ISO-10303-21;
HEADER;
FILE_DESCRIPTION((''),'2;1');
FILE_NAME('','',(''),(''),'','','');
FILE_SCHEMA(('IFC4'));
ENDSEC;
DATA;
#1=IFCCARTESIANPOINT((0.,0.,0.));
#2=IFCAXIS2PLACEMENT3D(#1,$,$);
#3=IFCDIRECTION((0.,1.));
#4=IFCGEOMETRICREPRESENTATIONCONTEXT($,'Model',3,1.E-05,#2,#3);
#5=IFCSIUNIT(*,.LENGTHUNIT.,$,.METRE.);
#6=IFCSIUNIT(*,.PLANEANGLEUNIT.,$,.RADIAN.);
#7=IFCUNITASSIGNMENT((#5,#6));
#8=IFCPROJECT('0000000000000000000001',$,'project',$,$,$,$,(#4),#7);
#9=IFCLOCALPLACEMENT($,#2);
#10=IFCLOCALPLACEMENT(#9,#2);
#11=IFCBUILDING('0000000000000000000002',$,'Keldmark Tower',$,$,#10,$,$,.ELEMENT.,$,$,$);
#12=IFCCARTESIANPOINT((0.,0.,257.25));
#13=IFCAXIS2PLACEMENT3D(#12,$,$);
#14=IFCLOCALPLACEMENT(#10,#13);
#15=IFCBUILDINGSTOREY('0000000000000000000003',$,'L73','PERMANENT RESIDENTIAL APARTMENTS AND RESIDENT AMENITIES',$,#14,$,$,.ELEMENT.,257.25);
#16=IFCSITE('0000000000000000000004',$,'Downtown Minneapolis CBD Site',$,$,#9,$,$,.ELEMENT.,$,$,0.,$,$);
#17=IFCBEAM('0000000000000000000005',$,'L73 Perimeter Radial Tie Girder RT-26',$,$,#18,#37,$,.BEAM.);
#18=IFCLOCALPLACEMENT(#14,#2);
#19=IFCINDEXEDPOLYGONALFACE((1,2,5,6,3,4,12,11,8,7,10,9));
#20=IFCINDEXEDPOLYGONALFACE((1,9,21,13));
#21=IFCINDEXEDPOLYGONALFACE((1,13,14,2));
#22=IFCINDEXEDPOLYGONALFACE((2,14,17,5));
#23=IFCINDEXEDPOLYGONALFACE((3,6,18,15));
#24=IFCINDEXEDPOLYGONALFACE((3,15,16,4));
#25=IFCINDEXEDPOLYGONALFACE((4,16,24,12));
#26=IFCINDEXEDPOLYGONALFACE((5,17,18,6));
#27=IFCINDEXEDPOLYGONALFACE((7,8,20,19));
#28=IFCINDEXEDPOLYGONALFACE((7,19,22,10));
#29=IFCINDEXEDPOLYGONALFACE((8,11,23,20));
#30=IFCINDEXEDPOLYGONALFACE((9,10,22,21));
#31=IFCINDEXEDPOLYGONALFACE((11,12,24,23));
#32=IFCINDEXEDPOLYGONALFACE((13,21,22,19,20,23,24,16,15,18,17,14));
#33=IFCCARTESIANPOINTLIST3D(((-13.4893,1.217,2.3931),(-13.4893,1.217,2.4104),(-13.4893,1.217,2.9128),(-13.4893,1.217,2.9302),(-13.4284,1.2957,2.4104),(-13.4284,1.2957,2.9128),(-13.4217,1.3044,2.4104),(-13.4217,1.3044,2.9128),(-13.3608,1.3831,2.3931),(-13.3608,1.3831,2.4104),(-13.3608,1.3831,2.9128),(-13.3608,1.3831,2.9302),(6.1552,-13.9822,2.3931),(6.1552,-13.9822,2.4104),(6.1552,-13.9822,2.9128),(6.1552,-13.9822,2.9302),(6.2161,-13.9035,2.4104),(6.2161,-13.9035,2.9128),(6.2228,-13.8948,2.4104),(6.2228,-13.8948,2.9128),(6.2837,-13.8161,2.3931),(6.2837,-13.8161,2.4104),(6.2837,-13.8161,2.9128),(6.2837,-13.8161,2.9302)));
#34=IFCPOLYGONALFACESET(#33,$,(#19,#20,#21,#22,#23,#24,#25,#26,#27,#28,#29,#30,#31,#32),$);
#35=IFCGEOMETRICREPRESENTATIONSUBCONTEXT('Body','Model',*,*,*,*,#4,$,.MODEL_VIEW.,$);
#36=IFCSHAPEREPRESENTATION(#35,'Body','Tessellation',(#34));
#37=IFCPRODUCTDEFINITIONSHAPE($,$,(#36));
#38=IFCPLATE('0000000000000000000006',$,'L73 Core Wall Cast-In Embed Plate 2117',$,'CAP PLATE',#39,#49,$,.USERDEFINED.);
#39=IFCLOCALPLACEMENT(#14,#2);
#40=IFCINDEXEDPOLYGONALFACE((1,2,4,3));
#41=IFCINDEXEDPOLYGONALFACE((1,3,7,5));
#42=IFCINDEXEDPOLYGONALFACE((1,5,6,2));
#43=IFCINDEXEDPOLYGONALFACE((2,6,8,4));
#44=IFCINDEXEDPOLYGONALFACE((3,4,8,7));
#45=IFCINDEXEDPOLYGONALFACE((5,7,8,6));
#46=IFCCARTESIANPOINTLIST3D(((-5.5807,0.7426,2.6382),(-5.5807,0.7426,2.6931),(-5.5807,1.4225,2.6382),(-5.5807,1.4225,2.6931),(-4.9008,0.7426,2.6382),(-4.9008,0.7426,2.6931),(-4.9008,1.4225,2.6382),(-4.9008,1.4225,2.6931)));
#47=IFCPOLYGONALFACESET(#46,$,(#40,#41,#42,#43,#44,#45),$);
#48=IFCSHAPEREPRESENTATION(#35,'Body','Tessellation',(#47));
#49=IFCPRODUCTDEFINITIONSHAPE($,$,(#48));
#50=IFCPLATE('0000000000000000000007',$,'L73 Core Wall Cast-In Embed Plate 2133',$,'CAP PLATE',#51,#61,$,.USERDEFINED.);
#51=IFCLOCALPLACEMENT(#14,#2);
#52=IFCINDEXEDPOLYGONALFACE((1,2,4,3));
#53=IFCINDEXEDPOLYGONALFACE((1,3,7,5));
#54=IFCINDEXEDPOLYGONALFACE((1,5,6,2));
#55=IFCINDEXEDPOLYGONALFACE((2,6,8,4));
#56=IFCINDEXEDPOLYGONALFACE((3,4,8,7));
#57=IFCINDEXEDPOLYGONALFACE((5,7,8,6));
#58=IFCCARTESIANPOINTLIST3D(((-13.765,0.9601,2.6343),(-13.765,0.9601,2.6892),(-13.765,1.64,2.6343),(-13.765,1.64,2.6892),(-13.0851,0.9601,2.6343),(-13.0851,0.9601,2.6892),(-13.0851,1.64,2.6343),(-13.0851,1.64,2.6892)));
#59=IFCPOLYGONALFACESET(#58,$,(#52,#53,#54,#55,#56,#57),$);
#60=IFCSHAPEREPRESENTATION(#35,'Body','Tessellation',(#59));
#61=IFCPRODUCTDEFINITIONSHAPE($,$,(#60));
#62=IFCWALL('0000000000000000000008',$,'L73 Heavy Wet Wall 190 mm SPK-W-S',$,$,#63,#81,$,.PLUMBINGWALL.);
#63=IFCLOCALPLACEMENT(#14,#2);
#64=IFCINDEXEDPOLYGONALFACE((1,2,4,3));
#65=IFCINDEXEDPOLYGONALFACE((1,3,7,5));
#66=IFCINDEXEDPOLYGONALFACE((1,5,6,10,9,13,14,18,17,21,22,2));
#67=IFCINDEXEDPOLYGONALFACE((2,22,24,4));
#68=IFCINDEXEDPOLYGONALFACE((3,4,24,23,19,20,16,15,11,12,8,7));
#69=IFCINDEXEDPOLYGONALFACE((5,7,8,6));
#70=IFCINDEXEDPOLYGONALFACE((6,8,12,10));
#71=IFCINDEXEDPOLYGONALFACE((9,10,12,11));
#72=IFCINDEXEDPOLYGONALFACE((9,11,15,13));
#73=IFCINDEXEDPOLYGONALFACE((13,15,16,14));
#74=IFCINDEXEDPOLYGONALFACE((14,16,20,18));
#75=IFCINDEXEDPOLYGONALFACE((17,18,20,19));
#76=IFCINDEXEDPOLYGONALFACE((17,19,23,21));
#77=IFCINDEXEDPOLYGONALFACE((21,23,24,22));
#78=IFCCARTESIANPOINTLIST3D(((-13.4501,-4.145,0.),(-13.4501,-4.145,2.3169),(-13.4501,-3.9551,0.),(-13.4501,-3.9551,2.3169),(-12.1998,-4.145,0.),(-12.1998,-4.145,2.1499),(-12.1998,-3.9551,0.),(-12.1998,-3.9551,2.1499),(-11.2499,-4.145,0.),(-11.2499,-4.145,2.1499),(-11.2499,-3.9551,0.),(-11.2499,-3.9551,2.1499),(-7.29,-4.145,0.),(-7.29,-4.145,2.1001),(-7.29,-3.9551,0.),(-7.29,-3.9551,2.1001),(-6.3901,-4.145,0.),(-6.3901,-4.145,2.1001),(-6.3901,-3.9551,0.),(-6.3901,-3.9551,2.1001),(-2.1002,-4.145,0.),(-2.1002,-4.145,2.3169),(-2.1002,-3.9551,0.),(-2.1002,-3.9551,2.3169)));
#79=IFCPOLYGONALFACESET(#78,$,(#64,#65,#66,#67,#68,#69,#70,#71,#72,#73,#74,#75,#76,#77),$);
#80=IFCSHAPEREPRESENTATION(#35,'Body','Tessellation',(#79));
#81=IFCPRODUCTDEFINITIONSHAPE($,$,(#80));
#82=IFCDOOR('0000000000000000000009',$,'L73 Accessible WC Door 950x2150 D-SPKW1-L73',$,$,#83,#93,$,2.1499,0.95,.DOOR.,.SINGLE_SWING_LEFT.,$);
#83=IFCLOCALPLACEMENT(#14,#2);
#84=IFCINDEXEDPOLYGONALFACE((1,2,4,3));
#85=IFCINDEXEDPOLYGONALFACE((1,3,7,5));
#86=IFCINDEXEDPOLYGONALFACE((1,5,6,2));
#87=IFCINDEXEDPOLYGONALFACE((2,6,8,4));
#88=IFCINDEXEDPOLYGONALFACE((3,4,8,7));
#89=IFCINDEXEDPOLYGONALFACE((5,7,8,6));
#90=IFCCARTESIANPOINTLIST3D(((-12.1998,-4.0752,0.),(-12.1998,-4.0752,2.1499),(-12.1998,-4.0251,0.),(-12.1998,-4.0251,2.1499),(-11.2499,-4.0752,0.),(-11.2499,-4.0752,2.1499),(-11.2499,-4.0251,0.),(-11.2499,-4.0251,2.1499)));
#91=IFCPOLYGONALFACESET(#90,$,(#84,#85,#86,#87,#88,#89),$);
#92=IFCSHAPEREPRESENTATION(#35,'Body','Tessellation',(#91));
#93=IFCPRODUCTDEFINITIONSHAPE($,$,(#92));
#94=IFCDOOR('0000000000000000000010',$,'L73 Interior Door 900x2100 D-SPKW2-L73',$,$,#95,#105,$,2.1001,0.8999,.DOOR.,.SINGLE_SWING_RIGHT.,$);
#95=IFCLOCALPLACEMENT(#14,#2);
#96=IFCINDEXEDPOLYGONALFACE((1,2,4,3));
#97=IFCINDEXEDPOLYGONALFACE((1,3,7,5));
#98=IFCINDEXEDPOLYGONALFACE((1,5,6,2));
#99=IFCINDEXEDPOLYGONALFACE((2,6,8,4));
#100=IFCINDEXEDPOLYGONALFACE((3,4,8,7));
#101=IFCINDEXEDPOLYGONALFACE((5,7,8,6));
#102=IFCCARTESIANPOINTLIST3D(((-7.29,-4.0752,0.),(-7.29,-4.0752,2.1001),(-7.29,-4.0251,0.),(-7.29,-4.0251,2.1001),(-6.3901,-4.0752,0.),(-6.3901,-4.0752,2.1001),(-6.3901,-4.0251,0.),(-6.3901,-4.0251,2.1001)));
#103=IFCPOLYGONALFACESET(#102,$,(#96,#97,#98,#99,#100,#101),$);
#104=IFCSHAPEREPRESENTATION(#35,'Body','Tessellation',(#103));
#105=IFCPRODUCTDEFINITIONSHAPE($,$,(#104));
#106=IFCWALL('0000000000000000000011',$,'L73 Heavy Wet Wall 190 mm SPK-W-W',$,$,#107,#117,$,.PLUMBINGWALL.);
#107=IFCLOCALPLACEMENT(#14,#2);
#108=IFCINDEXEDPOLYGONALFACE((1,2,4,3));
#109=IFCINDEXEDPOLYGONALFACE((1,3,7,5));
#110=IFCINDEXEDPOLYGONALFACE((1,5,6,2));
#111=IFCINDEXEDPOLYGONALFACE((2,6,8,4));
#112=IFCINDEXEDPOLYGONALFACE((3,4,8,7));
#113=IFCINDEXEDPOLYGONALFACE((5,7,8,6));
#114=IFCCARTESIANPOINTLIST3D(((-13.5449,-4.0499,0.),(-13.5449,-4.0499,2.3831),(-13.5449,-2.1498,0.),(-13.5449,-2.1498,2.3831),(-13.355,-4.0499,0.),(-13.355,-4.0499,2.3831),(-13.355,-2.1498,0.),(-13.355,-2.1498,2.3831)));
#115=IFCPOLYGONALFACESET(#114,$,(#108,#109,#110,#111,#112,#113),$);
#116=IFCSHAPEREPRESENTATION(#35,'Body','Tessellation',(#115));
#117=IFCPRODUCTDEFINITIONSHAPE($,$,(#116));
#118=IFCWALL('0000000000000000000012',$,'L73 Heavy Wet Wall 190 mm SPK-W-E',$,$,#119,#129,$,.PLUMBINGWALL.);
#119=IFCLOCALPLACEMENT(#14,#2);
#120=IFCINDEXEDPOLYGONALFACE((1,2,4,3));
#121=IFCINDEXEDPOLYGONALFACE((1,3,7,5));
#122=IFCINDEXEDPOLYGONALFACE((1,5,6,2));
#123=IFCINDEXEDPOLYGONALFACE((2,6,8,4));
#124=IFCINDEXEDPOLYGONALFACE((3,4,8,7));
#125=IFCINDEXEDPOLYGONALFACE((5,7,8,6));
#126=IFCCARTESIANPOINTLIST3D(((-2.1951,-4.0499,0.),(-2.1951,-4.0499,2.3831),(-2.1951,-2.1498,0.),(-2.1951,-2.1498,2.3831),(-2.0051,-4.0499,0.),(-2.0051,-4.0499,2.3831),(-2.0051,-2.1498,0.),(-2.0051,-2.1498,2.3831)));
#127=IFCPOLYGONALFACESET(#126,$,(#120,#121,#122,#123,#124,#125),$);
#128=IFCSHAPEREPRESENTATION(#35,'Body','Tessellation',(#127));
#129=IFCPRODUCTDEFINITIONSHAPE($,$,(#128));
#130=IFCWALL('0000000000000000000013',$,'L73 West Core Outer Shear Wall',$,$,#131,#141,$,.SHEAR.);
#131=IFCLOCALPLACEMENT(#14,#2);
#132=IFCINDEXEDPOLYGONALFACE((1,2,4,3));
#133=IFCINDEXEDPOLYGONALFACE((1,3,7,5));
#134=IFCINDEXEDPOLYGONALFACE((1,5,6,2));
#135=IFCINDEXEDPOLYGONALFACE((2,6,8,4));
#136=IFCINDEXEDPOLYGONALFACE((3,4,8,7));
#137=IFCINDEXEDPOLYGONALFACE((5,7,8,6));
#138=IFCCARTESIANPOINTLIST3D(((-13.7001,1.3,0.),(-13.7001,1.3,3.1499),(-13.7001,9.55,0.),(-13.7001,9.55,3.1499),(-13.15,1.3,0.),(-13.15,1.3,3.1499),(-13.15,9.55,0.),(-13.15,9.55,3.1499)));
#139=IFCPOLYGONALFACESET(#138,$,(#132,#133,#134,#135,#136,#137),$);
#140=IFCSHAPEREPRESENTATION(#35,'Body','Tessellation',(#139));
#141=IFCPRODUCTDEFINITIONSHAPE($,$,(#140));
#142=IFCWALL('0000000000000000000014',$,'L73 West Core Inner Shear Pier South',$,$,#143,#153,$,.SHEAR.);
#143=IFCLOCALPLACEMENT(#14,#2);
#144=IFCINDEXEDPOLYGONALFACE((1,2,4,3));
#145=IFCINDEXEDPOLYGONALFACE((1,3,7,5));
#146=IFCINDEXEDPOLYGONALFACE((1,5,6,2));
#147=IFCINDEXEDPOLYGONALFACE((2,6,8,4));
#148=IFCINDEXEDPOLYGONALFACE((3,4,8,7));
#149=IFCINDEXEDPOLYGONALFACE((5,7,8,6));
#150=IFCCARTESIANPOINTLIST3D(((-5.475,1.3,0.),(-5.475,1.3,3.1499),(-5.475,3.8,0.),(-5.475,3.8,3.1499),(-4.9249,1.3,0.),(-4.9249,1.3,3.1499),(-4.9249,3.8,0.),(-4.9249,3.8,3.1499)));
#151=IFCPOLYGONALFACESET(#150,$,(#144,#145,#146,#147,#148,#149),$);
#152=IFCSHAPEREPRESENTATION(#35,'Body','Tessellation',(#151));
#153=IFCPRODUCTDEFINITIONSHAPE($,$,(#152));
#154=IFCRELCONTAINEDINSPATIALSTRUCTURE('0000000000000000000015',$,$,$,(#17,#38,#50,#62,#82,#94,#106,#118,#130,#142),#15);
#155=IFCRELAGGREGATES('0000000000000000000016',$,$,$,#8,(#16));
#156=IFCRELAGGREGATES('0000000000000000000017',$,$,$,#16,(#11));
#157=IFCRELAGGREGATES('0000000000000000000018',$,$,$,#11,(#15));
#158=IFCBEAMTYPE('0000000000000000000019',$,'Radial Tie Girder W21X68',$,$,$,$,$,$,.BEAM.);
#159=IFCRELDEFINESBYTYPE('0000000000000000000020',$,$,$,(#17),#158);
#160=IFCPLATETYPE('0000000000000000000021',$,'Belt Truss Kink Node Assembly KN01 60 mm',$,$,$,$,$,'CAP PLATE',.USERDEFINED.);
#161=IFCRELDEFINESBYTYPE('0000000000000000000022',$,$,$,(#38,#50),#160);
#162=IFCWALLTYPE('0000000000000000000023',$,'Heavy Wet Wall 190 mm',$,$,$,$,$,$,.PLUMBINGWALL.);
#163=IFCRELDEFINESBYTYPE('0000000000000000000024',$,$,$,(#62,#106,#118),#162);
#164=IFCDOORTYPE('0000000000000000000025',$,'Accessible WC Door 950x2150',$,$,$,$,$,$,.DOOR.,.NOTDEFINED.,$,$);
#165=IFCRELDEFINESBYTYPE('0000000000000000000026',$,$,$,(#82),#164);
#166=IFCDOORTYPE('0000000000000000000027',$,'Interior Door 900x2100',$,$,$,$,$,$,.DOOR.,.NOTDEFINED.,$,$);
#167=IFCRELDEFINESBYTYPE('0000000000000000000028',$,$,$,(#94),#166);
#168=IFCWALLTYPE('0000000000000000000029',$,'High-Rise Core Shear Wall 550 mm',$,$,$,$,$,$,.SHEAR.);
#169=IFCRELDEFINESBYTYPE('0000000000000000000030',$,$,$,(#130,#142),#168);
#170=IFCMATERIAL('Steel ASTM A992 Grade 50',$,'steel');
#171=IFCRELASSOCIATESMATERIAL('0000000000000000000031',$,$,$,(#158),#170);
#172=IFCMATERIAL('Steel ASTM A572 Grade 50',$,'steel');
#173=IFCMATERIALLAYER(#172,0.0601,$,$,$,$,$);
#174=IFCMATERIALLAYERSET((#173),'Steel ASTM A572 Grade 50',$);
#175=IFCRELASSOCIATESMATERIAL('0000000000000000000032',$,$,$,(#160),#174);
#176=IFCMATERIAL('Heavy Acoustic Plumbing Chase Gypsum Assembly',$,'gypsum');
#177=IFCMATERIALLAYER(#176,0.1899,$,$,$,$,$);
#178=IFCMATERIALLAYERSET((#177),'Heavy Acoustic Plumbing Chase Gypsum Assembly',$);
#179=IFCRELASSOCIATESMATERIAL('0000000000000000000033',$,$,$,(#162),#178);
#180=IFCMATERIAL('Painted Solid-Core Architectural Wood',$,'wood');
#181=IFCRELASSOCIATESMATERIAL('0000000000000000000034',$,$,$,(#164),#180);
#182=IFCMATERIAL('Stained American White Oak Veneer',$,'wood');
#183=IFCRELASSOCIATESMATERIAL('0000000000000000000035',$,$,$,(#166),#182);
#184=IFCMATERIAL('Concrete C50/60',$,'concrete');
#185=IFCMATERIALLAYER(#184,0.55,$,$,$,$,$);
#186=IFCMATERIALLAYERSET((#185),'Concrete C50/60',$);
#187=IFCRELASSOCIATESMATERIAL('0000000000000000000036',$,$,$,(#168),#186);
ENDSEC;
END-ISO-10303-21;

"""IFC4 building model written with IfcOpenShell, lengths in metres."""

from ifc_helpers import new_model, si_unit, direction, frame, frame_2d, origin, origin_2d, place, context, subcontext, project, spatial, rectangle, i_section, extrude, material, layer, layer_set, material_profile, profile_set, type_object, element, fill, save


model = new_model("IFC4")

# Units and contexts
model_context = context("Model", 3, precision=1e-05, world=origin(), true_north=direction((0.0, 1.0)))
body_context = subcontext(model_context, "Body", "Model", "MODEL_VIEW")
ifc_project = project(units=[si_unit("LENGTHUNIT", "METRE"), si_unit("PLANEANGLEUNIT", "RADIAN")], contexts=[model_context])

# Site, building, storey
site_placement = place(None, origin())
site = spatial("IfcSite", under=ifc_project, at=site_placement, Name="Downtown Minneapolis CBD Site", CompositionType="ELEMENT", RefElevation=0.0)
building_placement = place(site_placement, origin())
building = spatial("IfcBuilding", under=site, at=building_placement, Name="Keldmark Tower", CompositionType="ELEMENT")
storey_placement = place(building_placement, frame((0.0, 0.0, 257.25)))
storey = spatial("IfcBuildingStorey", under=building, at=storey_placement, Name="L73", Description="PERMANENT RESIDENTIAL APARTMENTS AND RESIDENT AMENITIES", CompositionType="ELEMENT", Elevation=257.25)

# Beam
ifc_material_1 = material(Name="Steel ASTM A992 Grade 50", Category="steel")
ifc_material_profile_1 = material_profile(ifc_material_1, i_section(OverallWidth=0.21, OverallDepth=0.5371, WebThickness=0.011, FlangeThickness=0.0173, at=origin_2d()), Name="W21X68")
ifc_profile_set_1 = profile_set([ifc_material_profile_1], Name="Steel ASTM A992 Grade 50")
beam_type_1 = type_object("IfcBeamType", Name="Radial Tie Girder W21X68", PredefinedType="BEAM", material=ifc_profile_set_1)
beam_1_placement = place(storey_placement, frame((-13.425, 1.3, 2.6616), z_axis=(0.790908, -0.611935, 0.0), x_axis=(0.611935, 0.790908, 0.0)))
element("IfcBeam", 1, at=beam_1_placement, inside=storey, type_object=beam_type_1, Name="L73 Perimeter Radial Tie Girder RT-26", PredefinedType="BEAM", context=body_context, shape_type="SweptSolid", body=[
    extrude(i_section(OverallWidth=0.21, OverallDepth=0.5371, WebThickness=0.011, FlangeThickness=0.0173, at=origin_2d()), origin(), (0.0, 0.0, 1.0), 24.8379),
])

# Plates
ifc_material_2 = material(Name="Steel ASTM A572 Grade 50", Category="steel")
ifc_layer_1 = layer(ifc_material_2, 0.0601)
ifc_layer_set_1 = layer_set([ifc_layer_1], Name="Steel ASTM A572 Grade 50")
plate_type = type_object("IfcPlateType", Name="Belt Truss Kink Node Assembly KN01 60 mm", ElementType="CAP PLATE", PredefinedType="USERDEFINED", material=ifc_layer_set_1)
for number, where, z_axis, x_axis, name in (
    (2, (-5.2407, 1.0825, 2.6382), (0.0, 0.0, 1.0), (1.0, 0.0, 0.0), "L73 Core Wall Cast-In Embed Plate 2117"),
    (3, (-13.425, 1.3, 2.6343), (0.0, 0.0, 1.0), (1.0, 0.0, 0.0), "L73 Core Wall Cast-In Embed Plate 2133"),
):
    element("IfcPlate", number, at=place(storey_placement, frame(where, z_axis=z_axis, x_axis=x_axis)), inside=storey, type_object=plate_type, Name=name, ObjectType="CAP PLATE", PredefinedType="USERDEFINED", context=body_context, shape_type="SweptSolid", body=[
        extrude(rectangle(XDim=0.6799, YDim=0.6799, at=origin_2d()), origin(), (0.0, 0.0, 1.0), 0.0549),
    ])

# Wall, openings, doors
ifc_material_3 = material(Name="Heavy Acoustic Plumbing Chase Gypsum Assembly", Category="gypsum")
ifc_layer_2 = layer(ifc_material_3, 0.1899)
ifc_layer_set_2 = layer_set([ifc_layer_2], Name="Heavy Acoustic Plumbing Chase Gypsum Assembly")
wall_type_1 = type_object("IfcWallType", Name="Heavy Wet Wall 190 mm", PredefinedType="PLUMBINGWALL", material=ifc_layer_set_2)
wall_1_placement = place(storey_placement, frame((-13.45, -4.05, 0.0), z_axis=(0.0, 0.0, 1.0), x_axis=(1.0, 0.0, 0.0)))
wall_1 = element("IfcWall", 4, at=wall_1_placement, inside=storey, type_object=wall_type_1, Name="L73 Heavy Wet Wall 190 mm SPK-W-S", PredefinedType="PLUMBINGWALL", context=body_context, shape_type="SweptSolid", body=[
    extrude(rectangle(XDim=11.3499, YDim=0.1899, at=frame_2d((5.6748, 0.0))), origin(), (0.0, 0.0, 1.0), 2.3169),
])
opening_1_placement = place(wall_1_placement, frame((1.25, 0.0, 0.0)))
opening_1 = element("IfcOpeningElement", 5, at=opening_1_placement, cuts=wall_1, PredefinedType="OPENING", context=body_context, shape_type="SweptSolid", body=[
    extrude(rectangle(XDim=0.95, YDim=2.1499, at=frame_2d((0.4751, 1.075))), frame((0.0, 0.105, 0.0), z_axis=(0.0, -1.0, 0.0), x_axis=(1.0, 0.0, 0.0)), (0.0, 0.0, 1.0), 0.21),
])
opening_2_placement = place(wall_1_placement, frame((6.1599, 0.0, 0.0)))
opening_2 = element("IfcOpeningElement", 6, at=opening_2_placement, cuts=wall_1, PredefinedType="OPENING", context=body_context, shape_type="SweptSolid", body=[
    extrude(rectangle(XDim=0.8999, YDim=2.1001, at=frame_2d((0.45, 1.05))), frame((0.0, 0.105, 0.0), z_axis=(0.0, -1.0, 0.0), x_axis=(1.0, 0.0, 0.0)), (0.0, 0.0, 1.0), 0.21),
])
ifc_material_4 = material(Name="Painted Solid-Core Architectural Wood", Category="wood")
door_type_1 = type_object("IfcDoorType", Name="Accessible WC Door 950x2150", OperationType="NOTDEFINED", PredefinedType="DOOR", material=ifc_material_4)
door_1_placement = place(opening_1_placement, origin())
door_1 = element("IfcDoor", 7, at=door_1_placement, inside=storey, type_object=door_type_1, Name="L73 Accessible WC Door 950x2150 D-SPKW1-L73", OperationType="SINGLE_SWING_LEFT", OverallHeight=2.1499, OverallWidth=0.95, PredefinedType="DOOR", context=body_context, shape_type="SweptSolid", body=[
    extrude(rectangle(XDim=0.95, YDim=2.1499, at=frame_2d((0.4751, 1.075))), frame((0.0, 0.0249, 0.0), z_axis=(0.0, -1.0, 0.0), x_axis=(1.0, 0.0, 0.0)), (0.0, 0.0, 1.0), 0.05),
])
fill(opening_1, door_1)
ifc_material_5 = material(Name="Stained American White Oak Veneer", Category="wood")
door_type_2 = type_object("IfcDoorType", Name="Interior Door 900x2100", OperationType="NOTDEFINED", PredefinedType="DOOR", material=ifc_material_5)
door_2_placement = place(opening_2_placement, origin())
door_2 = element("IfcDoor", 8, at=door_2_placement, inside=storey, type_object=door_type_2, Name="L73 Interior Door 900x2100 D-SPKW2-L73", OperationType="SINGLE_SWING_RIGHT", OverallHeight=2.1001, OverallWidth=0.8999, PredefinedType="DOOR", context=body_context, shape_type="SweptSolid", body=[
    extrude(rectangle(XDim=0.8999, YDim=2.1001, at=frame_2d((0.45, 1.05))), frame((0.0, 0.0249, 0.0), z_axis=(0.0, -1.0, 0.0), x_axis=(1.0, 0.0, 0.0)), (0.0, 0.0, 1.0), 0.05),
])
fill(opening_2, door_2)

# Walls
for number, where, z_axis, x_axis, name in (
    (9, (-13.45, -4.05, 0.0), (0.0, 0.0, 1.0), (0.0, 1.0, 0.0), "L73 Heavy Wet Wall 190 mm SPK-W-W"),
    (10, (-2.1001, -4.05, 0.0), (0.0, 0.0, 1.0), (0.0, 1.0, 0.0), "L73 Heavy Wet Wall 190 mm SPK-W-E"),
):
    element("IfcWall", number, at=place(storey_placement, frame(where, z_axis=z_axis, x_axis=x_axis)), inside=storey, type_object=wall_type_1, Name=name, PredefinedType="PLUMBINGWALL", context=body_context, shape_type="SweptSolid", body=[
        extrude(rectangle(XDim=1.9001, YDim=0.1899, at=frame_2d((0.9502, 0.0))), origin(), (0.0, 0.0, 1.0), 2.3831),
    ])
ifc_material_6 = material(Name="Concrete C50/60", Category="concrete")
ifc_layer_3 = layer(ifc_material_6, 0.55)
ifc_layer_set_3 = layer_set([ifc_layer_3], Name="Concrete C50/60")
wall_type_2 = type_object("IfcWallType", Name="High-Rise Core Shear Wall 550 mm", PredefinedType="SHEAR", material=ifc_layer_set_3)
wall_2_placement = place(storey_placement, frame((-13.425, 1.3, 0.0), z_axis=(0.0, 0.0, 1.0), x_axis=(0.0, 1.0, 0.0)))
element("IfcWall", 11, at=wall_2_placement, inside=storey, type_object=wall_type_2, Name="L73 West Core Outer Shear Wall", PredefinedType="SHEAR", context=body_context, shape_type="SweptSolid", body=[
    extrude(rectangle(XDim=8.25, YDim=0.55, at=frame_2d((4.125, 0.0))), origin(), (0.0, 0.0, 1.0), 3.1499),
])
wall_3_placement = place(storey_placement, frame((-5.2, 1.3, 0.0), z_axis=(0.0, 0.0, 1.0), x_axis=(0.0, 1.0, 0.0)))
element("IfcWall", 12, at=wall_3_placement, inside=storey, type_object=wall_type_2, Name="L73 West Core Inner Shear Pier South", PredefinedType="SHEAR", context=body_context, shape_type="SweptSolid", body=[
    extrude(rectangle(XDim=2.5, YDim=0.55, at=frame_2d((1.25, 0.0))), origin(), (0.0, 0.0, 1.0), 3.1499),
])

save(model, "model.ifc")
